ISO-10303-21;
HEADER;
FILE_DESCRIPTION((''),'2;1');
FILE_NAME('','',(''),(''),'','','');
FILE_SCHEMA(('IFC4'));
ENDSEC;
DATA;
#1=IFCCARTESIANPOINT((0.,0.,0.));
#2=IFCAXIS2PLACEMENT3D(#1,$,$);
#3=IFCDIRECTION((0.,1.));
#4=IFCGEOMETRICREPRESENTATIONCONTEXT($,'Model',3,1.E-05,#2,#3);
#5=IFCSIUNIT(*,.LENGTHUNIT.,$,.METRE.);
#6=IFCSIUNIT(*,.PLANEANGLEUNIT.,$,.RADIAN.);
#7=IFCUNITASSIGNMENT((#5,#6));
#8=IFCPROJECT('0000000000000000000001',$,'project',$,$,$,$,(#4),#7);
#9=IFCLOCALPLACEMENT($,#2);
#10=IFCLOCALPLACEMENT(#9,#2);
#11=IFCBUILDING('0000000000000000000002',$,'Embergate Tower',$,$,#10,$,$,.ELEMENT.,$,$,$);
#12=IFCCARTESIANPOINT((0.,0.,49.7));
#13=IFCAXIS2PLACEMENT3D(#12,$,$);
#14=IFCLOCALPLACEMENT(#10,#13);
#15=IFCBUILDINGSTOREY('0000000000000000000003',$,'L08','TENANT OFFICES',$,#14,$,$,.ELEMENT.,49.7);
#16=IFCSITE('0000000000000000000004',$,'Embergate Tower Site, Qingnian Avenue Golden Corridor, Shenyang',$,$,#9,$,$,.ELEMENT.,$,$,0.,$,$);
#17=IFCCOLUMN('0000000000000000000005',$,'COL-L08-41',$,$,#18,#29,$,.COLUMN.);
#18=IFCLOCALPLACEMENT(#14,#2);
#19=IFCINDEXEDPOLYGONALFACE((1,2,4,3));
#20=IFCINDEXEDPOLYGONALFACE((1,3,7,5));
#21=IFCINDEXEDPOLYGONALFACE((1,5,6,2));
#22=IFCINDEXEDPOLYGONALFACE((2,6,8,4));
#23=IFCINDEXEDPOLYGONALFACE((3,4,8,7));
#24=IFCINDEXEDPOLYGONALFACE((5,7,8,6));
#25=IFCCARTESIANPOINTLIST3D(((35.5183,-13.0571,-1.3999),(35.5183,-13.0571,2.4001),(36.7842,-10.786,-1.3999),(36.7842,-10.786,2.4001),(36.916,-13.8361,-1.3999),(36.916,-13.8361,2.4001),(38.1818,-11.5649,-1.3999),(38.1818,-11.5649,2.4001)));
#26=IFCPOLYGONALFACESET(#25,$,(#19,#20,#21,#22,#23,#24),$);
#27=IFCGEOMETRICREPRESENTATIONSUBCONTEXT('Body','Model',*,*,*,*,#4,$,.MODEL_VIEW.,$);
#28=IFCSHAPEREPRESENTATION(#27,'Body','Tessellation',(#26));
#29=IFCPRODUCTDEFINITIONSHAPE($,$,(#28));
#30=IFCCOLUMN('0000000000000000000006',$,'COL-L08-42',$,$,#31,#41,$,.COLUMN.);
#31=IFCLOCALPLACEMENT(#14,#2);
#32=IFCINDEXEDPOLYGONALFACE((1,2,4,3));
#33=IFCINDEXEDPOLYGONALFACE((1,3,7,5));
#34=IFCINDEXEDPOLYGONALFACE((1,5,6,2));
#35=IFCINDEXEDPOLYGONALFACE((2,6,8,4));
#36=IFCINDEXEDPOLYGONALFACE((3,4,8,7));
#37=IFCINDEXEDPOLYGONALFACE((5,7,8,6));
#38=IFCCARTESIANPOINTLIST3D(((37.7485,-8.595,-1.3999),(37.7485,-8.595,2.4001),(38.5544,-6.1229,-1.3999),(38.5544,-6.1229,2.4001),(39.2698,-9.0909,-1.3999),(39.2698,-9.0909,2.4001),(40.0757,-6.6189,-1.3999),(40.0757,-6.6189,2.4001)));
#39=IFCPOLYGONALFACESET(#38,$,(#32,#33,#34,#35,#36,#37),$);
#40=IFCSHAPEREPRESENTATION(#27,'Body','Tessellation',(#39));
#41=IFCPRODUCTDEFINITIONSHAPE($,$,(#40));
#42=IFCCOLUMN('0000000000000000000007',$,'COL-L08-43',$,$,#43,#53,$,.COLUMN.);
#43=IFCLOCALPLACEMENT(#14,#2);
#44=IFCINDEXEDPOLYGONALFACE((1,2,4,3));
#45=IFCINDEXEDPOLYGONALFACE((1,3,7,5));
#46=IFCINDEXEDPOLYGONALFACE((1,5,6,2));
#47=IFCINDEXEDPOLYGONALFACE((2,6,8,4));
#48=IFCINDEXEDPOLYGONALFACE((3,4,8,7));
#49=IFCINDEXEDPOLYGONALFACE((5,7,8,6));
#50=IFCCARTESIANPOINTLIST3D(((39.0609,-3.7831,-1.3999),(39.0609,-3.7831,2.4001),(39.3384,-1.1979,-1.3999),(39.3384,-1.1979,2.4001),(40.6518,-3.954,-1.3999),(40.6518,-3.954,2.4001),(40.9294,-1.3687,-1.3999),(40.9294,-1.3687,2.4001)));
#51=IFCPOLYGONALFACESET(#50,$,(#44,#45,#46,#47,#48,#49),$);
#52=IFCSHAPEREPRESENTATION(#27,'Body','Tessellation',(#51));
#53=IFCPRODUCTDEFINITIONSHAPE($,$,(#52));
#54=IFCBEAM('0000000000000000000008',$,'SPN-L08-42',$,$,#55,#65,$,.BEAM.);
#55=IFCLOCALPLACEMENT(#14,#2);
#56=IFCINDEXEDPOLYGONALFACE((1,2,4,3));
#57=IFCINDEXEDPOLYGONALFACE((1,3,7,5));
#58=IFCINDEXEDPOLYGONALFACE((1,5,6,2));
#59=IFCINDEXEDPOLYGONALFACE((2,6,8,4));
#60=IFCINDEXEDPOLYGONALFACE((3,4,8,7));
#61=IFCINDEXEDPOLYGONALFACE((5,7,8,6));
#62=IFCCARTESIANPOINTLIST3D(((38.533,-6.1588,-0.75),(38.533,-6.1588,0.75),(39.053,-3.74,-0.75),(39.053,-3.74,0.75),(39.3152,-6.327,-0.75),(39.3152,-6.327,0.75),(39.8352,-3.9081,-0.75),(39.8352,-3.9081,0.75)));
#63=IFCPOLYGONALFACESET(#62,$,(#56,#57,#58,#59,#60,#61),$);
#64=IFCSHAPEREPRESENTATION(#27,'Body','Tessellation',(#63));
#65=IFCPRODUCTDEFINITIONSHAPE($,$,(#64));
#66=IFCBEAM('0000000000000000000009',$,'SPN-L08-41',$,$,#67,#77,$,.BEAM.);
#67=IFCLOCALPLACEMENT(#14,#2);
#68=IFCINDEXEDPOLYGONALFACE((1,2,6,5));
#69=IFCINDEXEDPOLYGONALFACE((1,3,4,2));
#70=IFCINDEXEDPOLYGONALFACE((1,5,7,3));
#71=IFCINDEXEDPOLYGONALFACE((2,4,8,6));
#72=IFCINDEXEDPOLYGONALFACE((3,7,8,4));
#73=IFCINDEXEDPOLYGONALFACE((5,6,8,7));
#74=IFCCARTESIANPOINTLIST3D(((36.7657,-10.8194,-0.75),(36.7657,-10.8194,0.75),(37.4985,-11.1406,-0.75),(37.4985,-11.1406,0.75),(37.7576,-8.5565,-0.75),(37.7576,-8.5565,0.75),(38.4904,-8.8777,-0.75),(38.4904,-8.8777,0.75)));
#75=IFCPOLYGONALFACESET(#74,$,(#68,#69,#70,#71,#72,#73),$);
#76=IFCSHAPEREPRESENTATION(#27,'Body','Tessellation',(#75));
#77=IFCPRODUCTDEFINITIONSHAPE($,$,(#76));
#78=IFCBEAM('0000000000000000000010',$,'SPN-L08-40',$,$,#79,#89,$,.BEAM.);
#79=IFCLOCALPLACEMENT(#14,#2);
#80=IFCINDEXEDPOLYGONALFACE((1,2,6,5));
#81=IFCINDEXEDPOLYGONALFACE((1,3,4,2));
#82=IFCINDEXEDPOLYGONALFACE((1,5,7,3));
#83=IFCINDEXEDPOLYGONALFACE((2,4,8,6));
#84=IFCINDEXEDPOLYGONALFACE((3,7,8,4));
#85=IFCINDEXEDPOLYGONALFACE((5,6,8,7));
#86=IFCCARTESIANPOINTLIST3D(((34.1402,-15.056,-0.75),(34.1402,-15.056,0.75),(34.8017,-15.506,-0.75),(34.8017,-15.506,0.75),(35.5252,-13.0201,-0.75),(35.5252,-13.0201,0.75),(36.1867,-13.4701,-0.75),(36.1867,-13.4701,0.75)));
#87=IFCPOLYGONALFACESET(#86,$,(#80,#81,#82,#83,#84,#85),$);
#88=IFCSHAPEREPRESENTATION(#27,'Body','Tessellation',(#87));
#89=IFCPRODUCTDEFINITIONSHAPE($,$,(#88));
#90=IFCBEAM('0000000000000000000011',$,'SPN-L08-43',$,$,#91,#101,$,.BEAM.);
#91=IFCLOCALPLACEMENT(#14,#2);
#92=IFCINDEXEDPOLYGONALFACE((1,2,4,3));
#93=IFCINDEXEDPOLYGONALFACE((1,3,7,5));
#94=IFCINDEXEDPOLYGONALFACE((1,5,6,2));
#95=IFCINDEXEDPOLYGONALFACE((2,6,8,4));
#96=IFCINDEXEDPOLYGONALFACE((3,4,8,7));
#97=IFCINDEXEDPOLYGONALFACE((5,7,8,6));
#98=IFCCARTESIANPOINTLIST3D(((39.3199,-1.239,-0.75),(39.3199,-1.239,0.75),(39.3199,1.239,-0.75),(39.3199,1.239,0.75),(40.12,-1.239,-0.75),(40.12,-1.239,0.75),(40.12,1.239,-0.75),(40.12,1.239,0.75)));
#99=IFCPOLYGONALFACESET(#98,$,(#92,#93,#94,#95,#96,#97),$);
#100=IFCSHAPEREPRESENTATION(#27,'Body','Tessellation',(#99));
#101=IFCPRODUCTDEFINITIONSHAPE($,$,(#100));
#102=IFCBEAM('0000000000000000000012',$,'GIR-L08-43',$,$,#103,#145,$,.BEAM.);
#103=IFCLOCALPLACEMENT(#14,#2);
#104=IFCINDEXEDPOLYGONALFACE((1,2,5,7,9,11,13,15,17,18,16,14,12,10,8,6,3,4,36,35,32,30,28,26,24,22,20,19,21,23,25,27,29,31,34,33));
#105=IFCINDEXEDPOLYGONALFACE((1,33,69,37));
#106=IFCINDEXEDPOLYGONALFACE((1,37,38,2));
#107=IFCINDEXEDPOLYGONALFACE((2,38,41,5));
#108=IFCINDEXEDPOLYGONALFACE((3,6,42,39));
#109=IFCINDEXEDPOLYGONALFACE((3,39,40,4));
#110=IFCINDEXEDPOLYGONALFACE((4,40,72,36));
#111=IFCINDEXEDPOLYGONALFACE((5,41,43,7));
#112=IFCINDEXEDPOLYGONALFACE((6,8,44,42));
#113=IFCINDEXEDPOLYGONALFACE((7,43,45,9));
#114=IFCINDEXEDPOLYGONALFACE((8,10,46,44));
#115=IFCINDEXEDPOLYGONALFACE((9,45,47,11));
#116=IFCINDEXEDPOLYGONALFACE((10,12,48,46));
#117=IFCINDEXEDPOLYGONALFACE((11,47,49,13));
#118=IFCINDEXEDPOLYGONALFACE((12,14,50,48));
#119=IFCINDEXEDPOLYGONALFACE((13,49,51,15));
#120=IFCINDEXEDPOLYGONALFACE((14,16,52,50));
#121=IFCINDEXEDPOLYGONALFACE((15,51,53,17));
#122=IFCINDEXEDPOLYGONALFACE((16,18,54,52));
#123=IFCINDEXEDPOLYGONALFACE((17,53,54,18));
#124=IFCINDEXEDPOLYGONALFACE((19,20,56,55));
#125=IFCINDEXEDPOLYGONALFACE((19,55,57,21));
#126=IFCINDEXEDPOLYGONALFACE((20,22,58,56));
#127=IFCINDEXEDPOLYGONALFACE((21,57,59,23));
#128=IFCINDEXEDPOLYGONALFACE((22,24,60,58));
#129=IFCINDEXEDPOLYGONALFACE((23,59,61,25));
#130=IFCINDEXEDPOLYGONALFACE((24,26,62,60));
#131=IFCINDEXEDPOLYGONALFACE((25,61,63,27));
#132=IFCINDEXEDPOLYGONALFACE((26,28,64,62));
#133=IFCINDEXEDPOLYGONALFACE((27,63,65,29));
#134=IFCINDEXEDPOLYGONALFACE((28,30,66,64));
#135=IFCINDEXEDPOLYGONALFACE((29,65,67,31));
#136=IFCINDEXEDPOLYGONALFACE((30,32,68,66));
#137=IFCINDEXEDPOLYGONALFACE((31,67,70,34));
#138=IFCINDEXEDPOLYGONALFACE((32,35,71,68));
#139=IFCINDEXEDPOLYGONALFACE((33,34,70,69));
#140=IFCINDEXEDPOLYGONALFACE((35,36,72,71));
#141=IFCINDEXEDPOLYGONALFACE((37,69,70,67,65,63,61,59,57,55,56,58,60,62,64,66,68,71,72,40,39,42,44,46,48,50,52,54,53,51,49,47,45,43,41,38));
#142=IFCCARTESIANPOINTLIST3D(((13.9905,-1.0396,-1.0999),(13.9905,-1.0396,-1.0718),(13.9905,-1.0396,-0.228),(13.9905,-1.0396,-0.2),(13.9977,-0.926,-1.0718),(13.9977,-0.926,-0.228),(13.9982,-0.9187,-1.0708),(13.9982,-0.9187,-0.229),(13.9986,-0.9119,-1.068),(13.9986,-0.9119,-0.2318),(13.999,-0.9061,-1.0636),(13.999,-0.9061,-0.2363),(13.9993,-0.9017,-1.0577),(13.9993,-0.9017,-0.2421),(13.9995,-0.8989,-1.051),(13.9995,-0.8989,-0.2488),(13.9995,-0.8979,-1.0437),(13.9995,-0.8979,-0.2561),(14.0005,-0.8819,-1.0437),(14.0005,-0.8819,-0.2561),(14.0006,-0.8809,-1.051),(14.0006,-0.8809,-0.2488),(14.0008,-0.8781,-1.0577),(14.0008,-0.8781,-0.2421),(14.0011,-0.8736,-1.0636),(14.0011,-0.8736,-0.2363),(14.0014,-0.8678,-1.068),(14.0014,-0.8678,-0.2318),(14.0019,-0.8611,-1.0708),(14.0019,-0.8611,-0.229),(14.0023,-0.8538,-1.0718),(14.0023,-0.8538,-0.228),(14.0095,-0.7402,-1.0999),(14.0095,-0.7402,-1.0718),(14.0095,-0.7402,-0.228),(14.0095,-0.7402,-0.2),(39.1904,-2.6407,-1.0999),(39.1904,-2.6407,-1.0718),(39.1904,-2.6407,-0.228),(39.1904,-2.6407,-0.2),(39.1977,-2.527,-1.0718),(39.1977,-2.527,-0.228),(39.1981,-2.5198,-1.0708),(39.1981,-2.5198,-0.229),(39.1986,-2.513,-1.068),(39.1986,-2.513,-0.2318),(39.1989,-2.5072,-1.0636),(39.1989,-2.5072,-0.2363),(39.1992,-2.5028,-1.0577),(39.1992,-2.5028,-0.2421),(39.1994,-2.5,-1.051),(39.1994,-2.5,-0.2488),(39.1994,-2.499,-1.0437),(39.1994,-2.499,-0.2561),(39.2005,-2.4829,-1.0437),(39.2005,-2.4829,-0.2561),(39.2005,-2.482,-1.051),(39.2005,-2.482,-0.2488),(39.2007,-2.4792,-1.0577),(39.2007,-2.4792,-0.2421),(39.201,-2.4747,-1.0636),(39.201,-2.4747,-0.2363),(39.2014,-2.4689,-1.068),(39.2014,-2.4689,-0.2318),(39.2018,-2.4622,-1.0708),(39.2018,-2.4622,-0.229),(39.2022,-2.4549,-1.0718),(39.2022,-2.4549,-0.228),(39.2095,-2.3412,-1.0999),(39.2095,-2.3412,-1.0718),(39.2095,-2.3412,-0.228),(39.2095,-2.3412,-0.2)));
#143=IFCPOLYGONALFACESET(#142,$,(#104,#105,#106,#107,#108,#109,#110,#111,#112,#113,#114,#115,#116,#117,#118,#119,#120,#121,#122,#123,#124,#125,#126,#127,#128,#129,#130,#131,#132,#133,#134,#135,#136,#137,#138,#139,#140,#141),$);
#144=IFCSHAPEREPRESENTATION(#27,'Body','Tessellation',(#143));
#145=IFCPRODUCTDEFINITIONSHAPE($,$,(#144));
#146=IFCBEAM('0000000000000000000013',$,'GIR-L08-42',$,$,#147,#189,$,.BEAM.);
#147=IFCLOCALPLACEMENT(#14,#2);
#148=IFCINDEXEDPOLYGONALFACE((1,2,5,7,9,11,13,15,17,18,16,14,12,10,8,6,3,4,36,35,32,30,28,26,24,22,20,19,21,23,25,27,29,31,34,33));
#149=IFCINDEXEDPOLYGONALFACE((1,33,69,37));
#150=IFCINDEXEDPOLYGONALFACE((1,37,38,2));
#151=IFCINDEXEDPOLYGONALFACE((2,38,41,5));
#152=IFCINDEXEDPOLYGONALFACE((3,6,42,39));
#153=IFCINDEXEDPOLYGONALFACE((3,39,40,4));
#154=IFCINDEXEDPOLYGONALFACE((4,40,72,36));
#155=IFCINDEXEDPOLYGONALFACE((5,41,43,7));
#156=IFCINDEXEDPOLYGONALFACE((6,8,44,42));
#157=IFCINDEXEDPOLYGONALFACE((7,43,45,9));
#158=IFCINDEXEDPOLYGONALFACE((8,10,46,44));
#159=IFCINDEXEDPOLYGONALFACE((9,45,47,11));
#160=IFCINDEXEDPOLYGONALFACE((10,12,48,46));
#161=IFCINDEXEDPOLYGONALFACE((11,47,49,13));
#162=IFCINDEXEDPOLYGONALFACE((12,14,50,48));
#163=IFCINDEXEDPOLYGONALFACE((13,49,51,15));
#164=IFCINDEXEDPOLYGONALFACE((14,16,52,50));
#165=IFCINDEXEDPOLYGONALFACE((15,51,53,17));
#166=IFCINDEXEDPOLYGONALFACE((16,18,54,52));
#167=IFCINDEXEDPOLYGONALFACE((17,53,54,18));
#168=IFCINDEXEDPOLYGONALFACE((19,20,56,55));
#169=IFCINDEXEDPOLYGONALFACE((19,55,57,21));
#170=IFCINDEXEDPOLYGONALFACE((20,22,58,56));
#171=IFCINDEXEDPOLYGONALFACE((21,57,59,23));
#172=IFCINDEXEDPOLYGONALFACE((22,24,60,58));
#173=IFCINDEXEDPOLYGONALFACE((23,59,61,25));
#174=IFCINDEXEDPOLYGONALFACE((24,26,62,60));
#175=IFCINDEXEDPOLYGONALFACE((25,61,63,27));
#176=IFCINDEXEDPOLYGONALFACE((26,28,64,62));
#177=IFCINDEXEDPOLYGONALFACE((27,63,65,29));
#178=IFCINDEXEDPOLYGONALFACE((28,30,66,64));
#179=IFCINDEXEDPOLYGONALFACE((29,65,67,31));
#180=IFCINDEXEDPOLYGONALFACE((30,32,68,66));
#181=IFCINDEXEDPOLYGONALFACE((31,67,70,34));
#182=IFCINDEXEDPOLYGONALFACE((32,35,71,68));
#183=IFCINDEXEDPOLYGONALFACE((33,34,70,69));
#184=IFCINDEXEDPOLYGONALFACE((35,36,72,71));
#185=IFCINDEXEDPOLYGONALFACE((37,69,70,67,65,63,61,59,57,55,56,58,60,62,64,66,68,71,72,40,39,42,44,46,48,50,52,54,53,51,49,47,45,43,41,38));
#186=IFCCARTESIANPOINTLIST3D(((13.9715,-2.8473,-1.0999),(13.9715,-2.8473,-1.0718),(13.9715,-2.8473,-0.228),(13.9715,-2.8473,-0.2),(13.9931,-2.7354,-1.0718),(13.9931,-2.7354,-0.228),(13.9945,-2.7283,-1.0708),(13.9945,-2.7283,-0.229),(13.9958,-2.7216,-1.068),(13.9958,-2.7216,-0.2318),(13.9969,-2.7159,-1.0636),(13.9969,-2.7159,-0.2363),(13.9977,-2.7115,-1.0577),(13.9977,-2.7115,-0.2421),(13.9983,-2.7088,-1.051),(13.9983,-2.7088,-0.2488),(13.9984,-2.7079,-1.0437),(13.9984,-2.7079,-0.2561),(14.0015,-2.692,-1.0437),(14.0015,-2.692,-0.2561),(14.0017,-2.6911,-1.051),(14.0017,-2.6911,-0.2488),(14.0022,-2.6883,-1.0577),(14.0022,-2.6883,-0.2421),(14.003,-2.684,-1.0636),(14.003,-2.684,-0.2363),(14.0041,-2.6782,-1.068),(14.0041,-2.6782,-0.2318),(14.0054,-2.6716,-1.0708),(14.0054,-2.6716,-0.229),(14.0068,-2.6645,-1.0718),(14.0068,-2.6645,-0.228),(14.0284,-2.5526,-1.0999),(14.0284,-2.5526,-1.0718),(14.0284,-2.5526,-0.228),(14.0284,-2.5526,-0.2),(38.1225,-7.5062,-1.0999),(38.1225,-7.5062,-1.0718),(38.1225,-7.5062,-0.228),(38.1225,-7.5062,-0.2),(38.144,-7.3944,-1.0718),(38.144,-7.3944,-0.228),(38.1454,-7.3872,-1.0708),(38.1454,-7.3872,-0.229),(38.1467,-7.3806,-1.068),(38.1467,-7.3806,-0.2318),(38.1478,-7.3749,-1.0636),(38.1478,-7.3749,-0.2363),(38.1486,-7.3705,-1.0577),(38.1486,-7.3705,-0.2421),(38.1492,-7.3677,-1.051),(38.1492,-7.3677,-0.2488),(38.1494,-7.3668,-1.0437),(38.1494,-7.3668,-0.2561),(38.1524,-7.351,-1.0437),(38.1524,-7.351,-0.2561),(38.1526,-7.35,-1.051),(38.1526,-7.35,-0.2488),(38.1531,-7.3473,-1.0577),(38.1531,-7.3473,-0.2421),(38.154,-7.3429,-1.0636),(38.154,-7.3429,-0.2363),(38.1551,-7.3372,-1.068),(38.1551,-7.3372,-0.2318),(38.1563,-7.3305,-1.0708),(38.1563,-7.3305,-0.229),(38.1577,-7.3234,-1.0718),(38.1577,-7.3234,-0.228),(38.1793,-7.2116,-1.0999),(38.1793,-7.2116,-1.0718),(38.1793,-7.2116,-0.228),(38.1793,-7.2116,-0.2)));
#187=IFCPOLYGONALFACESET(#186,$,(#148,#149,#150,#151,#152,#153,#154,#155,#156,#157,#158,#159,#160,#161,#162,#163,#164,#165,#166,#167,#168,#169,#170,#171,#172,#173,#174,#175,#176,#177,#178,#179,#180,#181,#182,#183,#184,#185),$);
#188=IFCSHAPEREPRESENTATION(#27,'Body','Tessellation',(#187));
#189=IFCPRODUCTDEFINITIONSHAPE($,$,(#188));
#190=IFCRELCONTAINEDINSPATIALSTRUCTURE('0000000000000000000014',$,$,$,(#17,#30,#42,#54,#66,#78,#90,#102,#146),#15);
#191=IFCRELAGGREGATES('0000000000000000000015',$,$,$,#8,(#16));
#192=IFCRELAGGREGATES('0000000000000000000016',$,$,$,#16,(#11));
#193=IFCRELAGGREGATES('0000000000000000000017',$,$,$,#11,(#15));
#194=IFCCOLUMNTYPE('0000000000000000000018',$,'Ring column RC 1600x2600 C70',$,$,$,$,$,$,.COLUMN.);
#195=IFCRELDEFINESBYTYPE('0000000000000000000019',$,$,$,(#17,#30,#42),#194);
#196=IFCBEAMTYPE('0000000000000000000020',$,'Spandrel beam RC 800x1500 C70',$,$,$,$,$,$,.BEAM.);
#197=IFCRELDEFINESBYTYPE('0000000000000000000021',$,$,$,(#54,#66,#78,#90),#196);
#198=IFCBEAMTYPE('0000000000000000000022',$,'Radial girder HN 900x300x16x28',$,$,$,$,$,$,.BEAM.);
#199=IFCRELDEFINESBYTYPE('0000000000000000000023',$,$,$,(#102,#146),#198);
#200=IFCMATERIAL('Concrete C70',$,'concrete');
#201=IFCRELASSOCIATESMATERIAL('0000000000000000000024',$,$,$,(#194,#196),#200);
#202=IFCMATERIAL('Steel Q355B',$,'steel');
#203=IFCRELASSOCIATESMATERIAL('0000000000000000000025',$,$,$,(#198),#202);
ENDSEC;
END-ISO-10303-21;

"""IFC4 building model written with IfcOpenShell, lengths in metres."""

from ifc_helpers import new_model, si_unit, direction, frame, origin, origin_2d, place, context, subcontext, project, spatial, rectangle, i_section, extrude, source, transform, mapped, material, material_profile, profile_set, type_object, element, save


model = new_model("IFC4")

# Units and contexts
model_context = context("Model", 3, precision=1e-05, world=origin(), true_north=direction((0.0, 1.0)))
body_context = subcontext(model_context, "Body", "Model", "MODEL_VIEW")
ifc_project = project(units=[si_unit("LENGTHUNIT", "METRE"), si_unit("PLANEANGLEUNIT", "RADIAN")], contexts=[model_context])

# Site, building, storey
site_placement = place(None, origin())
site = spatial("IfcSite", under=ifc_project, at=site_placement, Name="Embergate Tower Site, Qingnian Avenue Golden Corridor, Shenyang", CompositionType="ELEMENT", RefElevation=0.0)
building_placement = place(site_placement, origin())
building = spatial("IfcBuilding", under=site, at=building_placement, Name="Embergate Tower", CompositionType="ELEMENT")
storey_placement = place(building_placement, frame((0.0, 0.0, 49.7)))
storey = spatial("IfcBuildingStorey", under=building, at=storey_placement, Name="L08", Description="TENANT OFFICES", CompositionType="ELEMENT", Elevation=49.7)

# Columns
ifc_material_1 = material(Name="Concrete C70", Category="concrete")
ifc_material_profile_1 = material_profile(ifc_material_1, rectangle(XDim=1.6001, YDim=2.6001, at=origin_2d()), Name="RC 1600x2600")
ifc_profile_set_1 = profile_set([ifc_material_profile_1], Name="Concrete C70")
column_type = type_object("IfcColumnType", Name="Ring column RC 1600x2600 C70", PredefinedType="COLUMN", material=ifc_profile_set_1)
shared_shape_1 = source(origin(), body_context, "Body", "SweptSolid", [
    extrude(rectangle(XDim=1.6001, YDim=2.6001, at=origin_2d()), origin(), (0.0, 0.0, 1.0), 3.8),
])
for number, where, z_axis, x_axis, name in (
    (1, (36.8501, -12.311, -1.3999), (0.0, 0.0, 1.0), (0.873492, -0.486839, 0.0), "COL-L08-41"),
    (2, (38.9121, -7.6069, -1.3999), (0.0, 0.0, 1.0), (0.950754, -0.309946, 0.0), "COL-L08-42"),
    (3, (39.9951, -2.5759, -1.3999), (0.0, 0.0, 1.0), (0.994286, -0.10675, 0.0), "COL-L08-43"),
):
    element("IfcColumn", number, at=place(storey_placement, frame(where, z_axis=z_axis, x_axis=x_axis)), inside=storey, type_object=column_type, Name=name, PredefinedType="COLUMN", context=body_context, shape_type="MappedRepresentation", body=[
        mapped(shared_shape_1, transform((0.0, 0.0, 0.0))),
    ])

# Beams
ifc_material_profile_2 = material_profile(ifc_material_1, rectangle(XDim=0.8, YDim=1.5, at=origin_2d()), Name="RC 800x1500")
ifc_profile_set_2 = profile_set([ifc_material_profile_2], Name="Concrete C70")
beam_type_1 = type_object("IfcBeamType", Name="Spandrel beam RC 800x1500 C70", PredefinedType="BEAM", material=ifc_profile_set_2)
shared_shape_2 = source(origin(), body_context, "Body", "SweptSolid", [
    extrude(rectangle(XDim=0.8, YDim=1.5, at=origin_2d()), origin(), (0.0, 0.0, 1.0), 2.4741),
])
beam_1_placement = place(storey_placement, frame((38.9241, -6.2429, 0.0), z_axis=(0.210176, 0.977664, 0.0), x_axis=(-0.977664, 0.210176, 0.0)))
element("IfcBeam", 4, at=beam_1_placement, inside=storey, type_object=beam_type_1, Name="SPN-L08-42", PredefinedType="BEAM", context=body_context, shape_type="MappedRepresentation", body=[
    mapped(shared_shape_2, transform((0.0, 0.0, 0.0))),
])
shared_shape_3 = source(origin(), body_context, "Body", "SweptSolid", [
    extrude(rectangle(XDim=0.8, YDim=1.5, at=origin_2d()), origin(), (0.0, 0.0, 1.0), 2.4707),
])
beam_2_placement = place(storey_placement, frame((37.1321, -10.98, 0.0), z_axis=(0.401467, 0.915874, 0.0), x_axis=(-0.915874, 0.401467, 0.0)))
element("IfcBeam", 5, at=beam_2_placement, inside=storey, type_object=beam_type_1, Name="SPN-L08-41", PredefinedType="BEAM", context=body_context, shape_type="MappedRepresentation", body=[
    mapped(shared_shape_3, transform((0.0, 0.0, 0.0))),
])
shared_shape_4 = source(origin(), body_context, "Body", "SweptSolid", [
    extrude(rectangle(XDim=0.8, YDim=1.5, at=origin_2d()), origin(), (0.0, 0.0, 1.0), 2.4624),
])
beam_3_placement = place(storey_placement, frame((34.4709, -15.281, 0.0), z_axis=(0.562478, 0.826812, 0.0), x_axis=(-0.826812, 0.562478, 0.0)))
element("IfcBeam", 6, at=beam_3_placement, inside=storey, type_object=beam_type_1, Name="SPN-L08-40", PredefinedType="BEAM", context=body_context, shape_type="MappedRepresentation", body=[
    mapped(shared_shape_4, transform((0.0, 0.0, 0.0))),
])
shared_shape_5 = source(origin(), body_context, "Body", "SweptSolid", [
    extrude(rectangle(XDim=0.8, YDim=1.5, at=origin_2d()), origin(), (0.0, 0.0, 1.0), 2.478),
])
beam_4_placement = place(storey_placement, frame((39.72, -1.239, 0.0), z_axis=(0.0, 1.0, 0.0), x_axis=(-1.0, 0.0, 0.0)))
element("IfcBeam", 7, at=beam_4_placement, inside=storey, type_object=beam_type_1, Name="SPN-L08-43", PredefinedType="BEAM", context=body_context, shape_type="MappedRepresentation", body=[
    mapped(shared_shape_5, transform((0.0, 0.0, 0.0))),
])
ifc_material_2 = material(Name="Steel Q355B", Category="steel")
ifc_material_profile_3 = material_profile(ifc_material_2, i_section(OverallWidth=0.3, OverallDepth=0.8999, WebThickness=0.0161, FlangeThickness=0.0281, FilletRadius=0.0281, at=origin_2d()), Name="HN 900x300x16x28")
ifc_profile_set_3 = profile_set([ifc_material_profile_3], Name="Steel Q355 grade B")
beam_type_2 = type_object("IfcBeamType", Name="Radial girder HN 900x300x16x28", PredefinedType="BEAM", material=ifc_profile_set_3)
shared_shape_6 = source(origin(), body_context, "Body", "SweptSolid", [
    extrude(i_section(OverallWidth=0.3, OverallDepth=0.8999, WebThickness=0.0161, FlangeThickness=0.0281, FilletRadius=0.0281, at=origin_2d()), origin(), (0.0, 0.0, 1.0), 25.2507),
])
beam_5_placement = place(storey_placement, frame((39.2, -2.491, -0.6499), z_axis=(-0.997988, 0.063407, 0.0), x_axis=(-0.063407, -0.997988, 0.0)))
element("IfcBeam", 8, at=beam_5_placement, inside=storey, type_object=beam_type_2, Name="GIR-L08-43", PredefinedType="BEAM", context=body_context, shape_type="MappedRepresentation", body=[
    mapped(shared_shape_6, transform((0.0, 0.0, 0.0))),
])
shared_shape_7 = source(origin(), body_context, "Body", "SweptSolid", [
    extrude(i_section(OverallWidth=0.3, OverallDepth=0.8999, WebThickness=0.0161, FlangeThickness=0.0281, FilletRadius=0.0281, at=origin_2d()), origin(), (0.0, 0.0, 1.0), 24.5962),
])
beam_6_placement = place(storey_placement, frame((38.1509, -7.3589, -0.6499), z_axis=(-0.981897, 0.189417, 0.0), x_axis=(-0.189417, -0.981897, 0.0)))
element("IfcBeam", 9, at=beam_6_placement, inside=storey, type_object=beam_type_2, Name="GIR-L08-42", PredefinedType="BEAM", context=body_context, shape_type="MappedRepresentation", body=[
    mapped(shared_shape_7, transform((0.0, 0.0, 0.0))),
])

save(model, "model.ifc")
